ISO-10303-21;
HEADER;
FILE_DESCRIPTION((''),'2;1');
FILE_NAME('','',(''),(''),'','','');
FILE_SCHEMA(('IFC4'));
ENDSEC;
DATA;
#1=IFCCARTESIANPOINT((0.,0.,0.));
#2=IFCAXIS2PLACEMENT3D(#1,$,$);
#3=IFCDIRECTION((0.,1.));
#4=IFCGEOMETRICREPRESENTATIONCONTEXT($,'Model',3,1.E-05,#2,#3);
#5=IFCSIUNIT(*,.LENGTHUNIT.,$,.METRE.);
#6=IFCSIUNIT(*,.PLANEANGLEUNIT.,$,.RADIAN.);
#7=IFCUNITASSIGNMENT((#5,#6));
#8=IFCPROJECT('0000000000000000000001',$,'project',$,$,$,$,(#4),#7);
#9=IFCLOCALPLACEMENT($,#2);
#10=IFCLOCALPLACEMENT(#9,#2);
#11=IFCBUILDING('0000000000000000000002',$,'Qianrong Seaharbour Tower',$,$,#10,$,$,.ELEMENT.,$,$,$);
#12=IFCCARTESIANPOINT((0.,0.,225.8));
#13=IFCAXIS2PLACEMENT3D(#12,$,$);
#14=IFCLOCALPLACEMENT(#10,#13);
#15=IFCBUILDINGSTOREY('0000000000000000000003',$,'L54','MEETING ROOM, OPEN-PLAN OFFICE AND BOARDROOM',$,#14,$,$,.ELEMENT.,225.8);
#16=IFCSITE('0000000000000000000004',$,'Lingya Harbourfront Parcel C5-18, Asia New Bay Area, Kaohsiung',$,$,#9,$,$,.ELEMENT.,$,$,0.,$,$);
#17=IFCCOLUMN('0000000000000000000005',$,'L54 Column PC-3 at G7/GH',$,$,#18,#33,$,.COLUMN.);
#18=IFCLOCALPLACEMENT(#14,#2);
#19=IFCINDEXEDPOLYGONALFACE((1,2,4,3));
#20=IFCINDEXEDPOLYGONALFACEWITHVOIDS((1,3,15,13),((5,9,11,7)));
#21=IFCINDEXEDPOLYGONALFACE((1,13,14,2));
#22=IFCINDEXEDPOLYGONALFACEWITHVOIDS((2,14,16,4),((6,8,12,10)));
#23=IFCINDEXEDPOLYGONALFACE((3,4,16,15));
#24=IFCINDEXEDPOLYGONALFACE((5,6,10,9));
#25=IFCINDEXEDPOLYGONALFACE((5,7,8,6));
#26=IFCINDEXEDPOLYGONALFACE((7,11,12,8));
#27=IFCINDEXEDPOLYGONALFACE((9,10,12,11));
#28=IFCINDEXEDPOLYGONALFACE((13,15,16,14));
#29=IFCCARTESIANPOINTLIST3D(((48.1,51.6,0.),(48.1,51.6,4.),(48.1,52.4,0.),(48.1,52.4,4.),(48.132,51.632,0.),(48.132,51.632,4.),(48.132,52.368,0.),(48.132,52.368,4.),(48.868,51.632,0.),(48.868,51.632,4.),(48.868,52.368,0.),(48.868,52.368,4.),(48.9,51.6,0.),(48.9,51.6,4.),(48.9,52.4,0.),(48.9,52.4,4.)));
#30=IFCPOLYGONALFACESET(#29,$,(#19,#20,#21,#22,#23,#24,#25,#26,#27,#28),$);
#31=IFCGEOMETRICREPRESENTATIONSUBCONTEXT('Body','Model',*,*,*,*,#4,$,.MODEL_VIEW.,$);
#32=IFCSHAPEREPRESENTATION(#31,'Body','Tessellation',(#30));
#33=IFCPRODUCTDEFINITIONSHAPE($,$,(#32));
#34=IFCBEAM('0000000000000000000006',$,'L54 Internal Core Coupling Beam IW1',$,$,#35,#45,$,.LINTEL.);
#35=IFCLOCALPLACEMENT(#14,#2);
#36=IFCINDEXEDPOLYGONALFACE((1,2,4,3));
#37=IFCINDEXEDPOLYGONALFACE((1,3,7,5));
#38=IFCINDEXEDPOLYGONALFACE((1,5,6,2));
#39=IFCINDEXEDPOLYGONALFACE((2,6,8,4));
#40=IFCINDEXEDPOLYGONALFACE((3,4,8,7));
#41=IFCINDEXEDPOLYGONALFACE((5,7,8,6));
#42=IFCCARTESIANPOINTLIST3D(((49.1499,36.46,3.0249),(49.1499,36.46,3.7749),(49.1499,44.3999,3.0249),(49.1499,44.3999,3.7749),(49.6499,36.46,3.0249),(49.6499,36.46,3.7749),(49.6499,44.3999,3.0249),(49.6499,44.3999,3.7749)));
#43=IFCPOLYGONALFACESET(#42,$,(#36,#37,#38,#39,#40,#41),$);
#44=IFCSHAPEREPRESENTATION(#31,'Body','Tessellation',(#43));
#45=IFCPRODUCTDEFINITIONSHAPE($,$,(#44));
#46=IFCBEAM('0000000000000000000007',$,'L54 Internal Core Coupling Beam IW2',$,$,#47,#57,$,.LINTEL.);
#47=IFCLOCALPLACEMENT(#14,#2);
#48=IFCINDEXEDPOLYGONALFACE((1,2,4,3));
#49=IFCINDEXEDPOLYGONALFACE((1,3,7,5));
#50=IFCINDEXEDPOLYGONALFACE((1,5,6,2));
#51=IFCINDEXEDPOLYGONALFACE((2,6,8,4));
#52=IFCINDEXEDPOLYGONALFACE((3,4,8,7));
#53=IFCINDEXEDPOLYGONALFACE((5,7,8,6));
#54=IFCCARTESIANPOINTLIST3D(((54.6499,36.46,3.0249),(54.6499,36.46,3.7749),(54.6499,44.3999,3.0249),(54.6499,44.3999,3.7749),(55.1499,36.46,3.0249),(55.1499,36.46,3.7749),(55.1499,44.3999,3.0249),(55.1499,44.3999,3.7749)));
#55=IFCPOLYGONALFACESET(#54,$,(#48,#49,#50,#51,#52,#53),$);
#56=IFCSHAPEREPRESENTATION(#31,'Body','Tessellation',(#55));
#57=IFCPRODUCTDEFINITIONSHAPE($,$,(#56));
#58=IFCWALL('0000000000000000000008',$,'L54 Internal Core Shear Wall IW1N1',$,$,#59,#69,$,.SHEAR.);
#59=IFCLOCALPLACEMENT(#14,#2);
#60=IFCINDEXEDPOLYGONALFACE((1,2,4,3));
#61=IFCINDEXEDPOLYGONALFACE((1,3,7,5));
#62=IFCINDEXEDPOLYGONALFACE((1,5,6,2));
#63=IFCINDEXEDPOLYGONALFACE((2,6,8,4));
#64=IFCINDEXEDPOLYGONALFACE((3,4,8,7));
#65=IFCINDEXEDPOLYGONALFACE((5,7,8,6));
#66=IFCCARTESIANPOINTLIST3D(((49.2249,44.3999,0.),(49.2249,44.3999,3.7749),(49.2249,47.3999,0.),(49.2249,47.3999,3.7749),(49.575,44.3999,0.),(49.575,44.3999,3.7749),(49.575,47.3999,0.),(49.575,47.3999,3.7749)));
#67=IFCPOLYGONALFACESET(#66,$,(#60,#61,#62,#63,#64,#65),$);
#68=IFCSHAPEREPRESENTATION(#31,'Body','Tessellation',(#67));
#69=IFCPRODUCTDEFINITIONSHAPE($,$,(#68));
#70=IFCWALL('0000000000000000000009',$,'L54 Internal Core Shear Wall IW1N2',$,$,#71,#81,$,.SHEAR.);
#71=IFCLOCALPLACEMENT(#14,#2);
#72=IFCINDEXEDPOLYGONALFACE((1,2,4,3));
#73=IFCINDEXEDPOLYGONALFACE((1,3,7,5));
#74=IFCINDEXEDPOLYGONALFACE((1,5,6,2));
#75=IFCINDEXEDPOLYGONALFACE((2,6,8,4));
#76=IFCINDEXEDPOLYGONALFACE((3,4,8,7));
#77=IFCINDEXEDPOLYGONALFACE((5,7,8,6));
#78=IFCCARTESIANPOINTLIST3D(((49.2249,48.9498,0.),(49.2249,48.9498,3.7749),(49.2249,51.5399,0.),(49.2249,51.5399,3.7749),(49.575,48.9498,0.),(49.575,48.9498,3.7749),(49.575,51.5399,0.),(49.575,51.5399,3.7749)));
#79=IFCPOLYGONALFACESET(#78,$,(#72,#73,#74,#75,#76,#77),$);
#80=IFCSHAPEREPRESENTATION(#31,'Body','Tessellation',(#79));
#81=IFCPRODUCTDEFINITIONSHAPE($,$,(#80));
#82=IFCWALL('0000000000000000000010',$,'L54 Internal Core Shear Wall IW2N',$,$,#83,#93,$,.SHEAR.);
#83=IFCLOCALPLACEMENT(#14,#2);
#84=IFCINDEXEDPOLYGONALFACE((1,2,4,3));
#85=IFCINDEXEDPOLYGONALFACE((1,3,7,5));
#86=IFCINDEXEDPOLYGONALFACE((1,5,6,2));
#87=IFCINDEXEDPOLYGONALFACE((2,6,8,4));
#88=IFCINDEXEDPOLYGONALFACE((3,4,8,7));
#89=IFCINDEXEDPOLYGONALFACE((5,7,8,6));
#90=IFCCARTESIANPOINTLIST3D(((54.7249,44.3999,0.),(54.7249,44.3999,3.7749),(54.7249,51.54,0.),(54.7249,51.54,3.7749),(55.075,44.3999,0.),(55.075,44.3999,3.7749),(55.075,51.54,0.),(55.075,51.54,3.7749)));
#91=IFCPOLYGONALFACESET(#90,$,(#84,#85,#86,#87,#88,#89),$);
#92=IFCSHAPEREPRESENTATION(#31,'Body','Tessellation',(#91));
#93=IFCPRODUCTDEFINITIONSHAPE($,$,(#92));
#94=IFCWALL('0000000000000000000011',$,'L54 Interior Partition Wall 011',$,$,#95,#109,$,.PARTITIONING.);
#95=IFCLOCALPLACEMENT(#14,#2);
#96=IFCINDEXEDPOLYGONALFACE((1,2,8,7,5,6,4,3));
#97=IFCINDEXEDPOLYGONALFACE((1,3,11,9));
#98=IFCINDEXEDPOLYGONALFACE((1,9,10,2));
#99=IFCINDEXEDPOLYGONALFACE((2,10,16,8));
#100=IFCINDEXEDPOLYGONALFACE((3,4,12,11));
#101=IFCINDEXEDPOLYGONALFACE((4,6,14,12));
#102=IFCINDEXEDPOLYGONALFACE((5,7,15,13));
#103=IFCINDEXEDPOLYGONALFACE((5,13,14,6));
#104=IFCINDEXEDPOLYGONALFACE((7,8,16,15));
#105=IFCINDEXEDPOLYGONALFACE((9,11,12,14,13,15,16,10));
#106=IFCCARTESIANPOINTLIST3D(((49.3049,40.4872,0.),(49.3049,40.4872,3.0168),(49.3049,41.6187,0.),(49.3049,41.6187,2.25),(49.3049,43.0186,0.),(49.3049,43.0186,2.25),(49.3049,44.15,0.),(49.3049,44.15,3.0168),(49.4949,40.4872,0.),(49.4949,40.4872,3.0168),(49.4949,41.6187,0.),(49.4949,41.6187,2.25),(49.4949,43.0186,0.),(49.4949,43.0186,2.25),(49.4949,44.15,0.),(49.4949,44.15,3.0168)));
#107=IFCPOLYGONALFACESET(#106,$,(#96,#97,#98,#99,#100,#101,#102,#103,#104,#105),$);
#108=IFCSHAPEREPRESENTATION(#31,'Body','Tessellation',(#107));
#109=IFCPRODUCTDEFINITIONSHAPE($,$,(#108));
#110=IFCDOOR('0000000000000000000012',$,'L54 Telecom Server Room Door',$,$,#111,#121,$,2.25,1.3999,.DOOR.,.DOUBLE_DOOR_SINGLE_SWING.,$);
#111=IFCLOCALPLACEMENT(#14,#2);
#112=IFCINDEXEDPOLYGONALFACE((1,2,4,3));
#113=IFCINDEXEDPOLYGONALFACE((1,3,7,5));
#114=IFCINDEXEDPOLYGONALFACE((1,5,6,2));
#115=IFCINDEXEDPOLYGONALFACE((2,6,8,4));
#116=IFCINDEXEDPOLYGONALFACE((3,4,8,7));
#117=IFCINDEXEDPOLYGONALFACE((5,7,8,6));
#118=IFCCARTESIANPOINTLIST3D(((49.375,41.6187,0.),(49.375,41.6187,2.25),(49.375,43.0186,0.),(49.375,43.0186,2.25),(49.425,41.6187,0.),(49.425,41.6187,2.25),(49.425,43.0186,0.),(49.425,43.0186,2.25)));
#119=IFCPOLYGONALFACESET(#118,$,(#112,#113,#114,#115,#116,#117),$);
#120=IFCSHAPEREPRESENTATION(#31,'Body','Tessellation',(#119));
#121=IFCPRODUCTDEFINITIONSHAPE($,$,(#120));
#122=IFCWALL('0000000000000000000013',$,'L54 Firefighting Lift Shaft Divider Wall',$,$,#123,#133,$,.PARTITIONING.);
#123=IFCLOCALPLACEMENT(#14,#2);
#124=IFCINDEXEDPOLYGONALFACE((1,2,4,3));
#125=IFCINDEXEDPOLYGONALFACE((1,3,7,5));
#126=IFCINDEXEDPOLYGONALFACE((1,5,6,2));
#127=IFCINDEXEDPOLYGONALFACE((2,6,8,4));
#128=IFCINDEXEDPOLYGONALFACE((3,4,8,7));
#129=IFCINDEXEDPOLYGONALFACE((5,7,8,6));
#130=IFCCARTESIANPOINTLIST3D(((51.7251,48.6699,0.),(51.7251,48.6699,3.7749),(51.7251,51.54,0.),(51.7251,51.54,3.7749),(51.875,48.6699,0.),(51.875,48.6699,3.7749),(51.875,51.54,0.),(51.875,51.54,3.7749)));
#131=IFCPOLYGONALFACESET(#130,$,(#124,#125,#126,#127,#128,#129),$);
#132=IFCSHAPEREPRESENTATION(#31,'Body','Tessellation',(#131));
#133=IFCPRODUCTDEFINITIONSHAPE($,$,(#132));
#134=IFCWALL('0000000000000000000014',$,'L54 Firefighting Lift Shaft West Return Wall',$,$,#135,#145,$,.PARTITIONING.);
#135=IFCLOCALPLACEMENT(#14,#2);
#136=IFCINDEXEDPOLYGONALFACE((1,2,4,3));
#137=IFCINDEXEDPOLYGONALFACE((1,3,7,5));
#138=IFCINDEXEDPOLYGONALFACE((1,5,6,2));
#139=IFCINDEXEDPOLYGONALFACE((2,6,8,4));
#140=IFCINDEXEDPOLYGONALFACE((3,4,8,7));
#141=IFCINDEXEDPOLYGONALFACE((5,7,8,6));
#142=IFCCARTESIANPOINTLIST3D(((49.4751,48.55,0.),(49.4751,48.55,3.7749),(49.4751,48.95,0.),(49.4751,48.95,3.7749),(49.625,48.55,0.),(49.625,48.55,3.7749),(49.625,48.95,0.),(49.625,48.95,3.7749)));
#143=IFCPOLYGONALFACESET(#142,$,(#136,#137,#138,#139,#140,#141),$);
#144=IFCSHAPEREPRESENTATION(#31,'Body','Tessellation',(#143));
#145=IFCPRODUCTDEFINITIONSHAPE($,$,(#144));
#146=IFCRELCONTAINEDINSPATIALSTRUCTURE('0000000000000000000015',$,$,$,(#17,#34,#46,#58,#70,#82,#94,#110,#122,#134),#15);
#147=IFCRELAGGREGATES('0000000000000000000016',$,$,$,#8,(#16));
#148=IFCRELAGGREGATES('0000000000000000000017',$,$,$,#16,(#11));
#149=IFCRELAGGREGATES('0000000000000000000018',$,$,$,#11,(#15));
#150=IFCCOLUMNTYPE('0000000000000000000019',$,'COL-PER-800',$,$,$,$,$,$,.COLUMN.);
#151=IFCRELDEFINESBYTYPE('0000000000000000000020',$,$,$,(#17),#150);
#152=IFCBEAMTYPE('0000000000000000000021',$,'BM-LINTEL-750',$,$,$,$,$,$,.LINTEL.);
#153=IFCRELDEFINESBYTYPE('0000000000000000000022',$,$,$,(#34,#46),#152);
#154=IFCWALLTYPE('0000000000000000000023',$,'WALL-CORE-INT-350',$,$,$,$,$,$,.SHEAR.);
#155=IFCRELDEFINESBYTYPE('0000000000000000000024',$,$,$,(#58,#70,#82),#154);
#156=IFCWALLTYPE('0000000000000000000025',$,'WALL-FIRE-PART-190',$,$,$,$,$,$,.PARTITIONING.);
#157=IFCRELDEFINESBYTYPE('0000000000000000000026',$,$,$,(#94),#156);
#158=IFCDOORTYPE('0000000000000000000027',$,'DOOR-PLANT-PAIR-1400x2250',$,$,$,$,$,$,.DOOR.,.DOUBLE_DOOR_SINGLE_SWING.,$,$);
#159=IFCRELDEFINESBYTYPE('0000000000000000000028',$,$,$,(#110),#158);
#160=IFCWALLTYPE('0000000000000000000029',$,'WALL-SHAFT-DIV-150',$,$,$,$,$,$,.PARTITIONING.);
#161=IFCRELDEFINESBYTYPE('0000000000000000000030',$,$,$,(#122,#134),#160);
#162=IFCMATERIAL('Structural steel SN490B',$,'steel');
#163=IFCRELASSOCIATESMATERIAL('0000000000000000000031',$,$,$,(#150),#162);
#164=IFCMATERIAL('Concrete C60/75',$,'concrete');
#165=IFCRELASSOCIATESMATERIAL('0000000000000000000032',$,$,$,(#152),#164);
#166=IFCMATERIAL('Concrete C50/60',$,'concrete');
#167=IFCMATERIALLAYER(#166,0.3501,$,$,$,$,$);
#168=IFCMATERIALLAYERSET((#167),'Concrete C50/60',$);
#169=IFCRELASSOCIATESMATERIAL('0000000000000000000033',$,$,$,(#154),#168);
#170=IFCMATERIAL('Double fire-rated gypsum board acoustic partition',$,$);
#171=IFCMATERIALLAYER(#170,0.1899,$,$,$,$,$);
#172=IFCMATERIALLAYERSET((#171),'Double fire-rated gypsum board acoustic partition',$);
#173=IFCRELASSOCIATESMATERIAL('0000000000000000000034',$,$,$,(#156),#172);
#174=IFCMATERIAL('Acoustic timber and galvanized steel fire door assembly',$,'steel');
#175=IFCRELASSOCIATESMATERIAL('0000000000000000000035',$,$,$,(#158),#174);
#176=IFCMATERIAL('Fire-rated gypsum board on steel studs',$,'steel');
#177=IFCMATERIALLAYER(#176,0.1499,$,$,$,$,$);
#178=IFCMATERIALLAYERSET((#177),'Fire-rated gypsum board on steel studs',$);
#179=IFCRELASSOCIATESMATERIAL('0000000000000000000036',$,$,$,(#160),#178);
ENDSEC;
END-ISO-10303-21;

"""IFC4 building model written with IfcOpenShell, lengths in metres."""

from ifc_helpers import new_model, si_unit, direction, frame, frame_2d, origin, origin_2d, place, context, subcontext, project, spatial, rectangle, hollow_rectangle, extrude, material, layer, layer_set, material_profile, profile_set, type_object, element, fill, save


model = new_model("IFC4")

# Units and contexts
model_context = context("Model", 3, precision=1e-05, world=origin(), true_north=direction((0.0, 1.0)))
body_context = subcontext(model_context, "Body", "Model", "MODEL_VIEW")
ifc_project = project(units=[si_unit("LENGTHUNIT", "METRE"), si_unit("PLANEANGLEUNIT", "RADIAN")], contexts=[model_context])

# Site, building, storey
site_placement = place(None, origin())
site = spatial("IfcSite", under=ifc_project, at=site_placement, Name="Lingya Harbourfront Parcel C5-18, Asia New Bay Area, Kaohsiung", CompositionType="ELEMENT", RefElevation=0.0)
building_placement = place(site_placement, origin())
building = spatial("IfcBuilding", under=site, at=building_placement, Name="Qianrong Seaharbour Tower", CompositionType="ELEMENT")
storey_placement = place(building_placement, frame((0.0, 0.0, 225.8)))
storey = spatial("IfcBuildingStorey", under=building, at=storey_placement, Name="L54", Description="MEETING ROOM, OPEN-PLAN OFFICE AND BOARDROOM", CompositionType="ELEMENT", Elevation=225.8)

# Column
ifc_material_1 = material(Name="Structural steel SN490B", Category="steel")
ifc_material_profile_1 = material_profile(ifc_material_1, hollow_rectangle(XDim=0.8, YDim=0.8, WallThickness=0.032, at=origin_2d()), Name="BOX800x800x32")
ifc_profile_set_1 = profile_set([ifc_material_profile_1], Name="Structural steel SN490B")
column_type = type_object("IfcColumnType", Name="COL-PER-800", PredefinedType="COLUMN", material=ifc_profile_set_1)
column_placement = place(storey_placement, frame((48.5, 52.0, 0.0), z_axis=(0.0, 0.0, 1.0), x_axis=(1.0, 0.0, 0.0)))
element("IfcColumn", 1, at=column_placement, inside=storey, type_object=column_type, Name="L54 Column PC-3 at G7/GH", PredefinedType="COLUMN", context=body_context, shape_type="SweptSolid", body=[
    extrude(hollow_rectangle(XDim=0.8, YDim=0.8, WallThickness=0.032, at=origin_2d()), origin(), (0.0, 0.0, 1.0), 4.0),
])

# Beams
ifc_material_2 = material(Name="Concrete C60/75", Category="concrete")
ifc_material_profile_2 = material_profile(ifc_material_2, rectangle(XDim=0.5, YDim=0.75, at=origin_2d()), Name="RC500x750")
ifc_profile_set_2 = profile_set([ifc_material_profile_2], Name="Concrete C60/75")
beam_type = type_object("IfcBeamType", Name="BM-LINTEL-750", PredefinedType="LINTEL", material=ifc_profile_set_2)
for number, where, z_axis, x_axis, name in (
    (2, (49.3999, 36.46, 3.3999), (0.0, 1.0, 0.0), (-1.0, 0.0, 0.0), "L54 Internal Core Coupling Beam IW1"),
    (3, (54.8999, 36.46, 3.3999), (0.0, 1.0, 0.0), (-1.0, 0.0, 0.0), "L54 Internal Core Coupling Beam IW2"),
):
    element("IfcBeam", number, at=place(storey_placement, frame(where, z_axis=z_axis, x_axis=x_axis)), inside=storey, type_object=beam_type, Name=name, PredefinedType="LINTEL", context=body_context, shape_type="SweptSolid", body=[
        extrude(rectangle(XDim=0.5, YDim=0.75, at=origin_2d()), origin(), (0.0, 0.0, 1.0), 7.9399),
    ])

# Walls
ifc_material_3 = material(Name="Concrete C50/60", Category="concrete")
ifc_layer_1 = layer(ifc_material_3, 0.3501)
ifc_layer_set_1 = layer_set([ifc_layer_1], Name="Concrete C50/60")
wall_type_1 = type_object("IfcWallType", Name="WALL-CORE-INT-350", PredefinedType="SHEAR", material=ifc_layer_set_1)
wall_1_placement = place(storey_placement, frame((49.3999, 44.3999, 0.0), z_axis=(0.0, 0.0, 1.0), x_axis=(0.0, 1.0, 0.0)))
element("IfcWall", 4, at=wall_1_placement, inside=storey, type_object=wall_type_1, Name="L54 Internal Core Shear Wall IW1N1", PredefinedType="SHEAR", context=body_context, shape_type="SweptSolid", body=[
    extrude(rectangle(XDim=3.0, YDim=0.3501, at=frame_2d((1.5, 0.0))), origin(), (0.0, 0.0, 1.0), 3.7749),
])
wall_2_placement = place(storey_placement, frame((49.3999, 48.95, 0.0), z_axis=(0.0, 0.0, 1.0), x_axis=(0.0, 1.0, 0.0)))
element("IfcWall", 5, at=wall_2_placement, inside=storey, type_object=wall_type_1, Name="L54 Internal Core Shear Wall IW1N2", PredefinedType="SHEAR", context=body_context, shape_type="SweptSolid", body=[
    extrude(rectangle(XDim=2.5901, YDim=0.3501, at=frame_2d((1.2949, 0.0))), origin(), (0.0, 0.0, 1.0), 3.7749),
])
wall_3_placement = place(storey_placement, frame((54.8999, 44.3999, 0.0), z_axis=(0.0, 0.0, 1.0), x_axis=(0.0, 1.0, 0.0)))
element("IfcWall", 6, at=wall_3_placement, inside=storey, type_object=wall_type_1, Name="L54 Internal Core Shear Wall IW2N", PredefinedType="SHEAR", context=body_context, shape_type="SweptSolid", body=[
    extrude(rectangle(XDim=7.1401, YDim=0.3501, at=frame_2d((3.5701, 0.0))), origin(), (0.0, 0.0, 1.0), 3.7749),
])

# Wall, opening, door
ifc_material_4 = material(Name="Acoustic timber and galvanized steel fire door assembly", Category="steel")
ifc_material_5 = material(Name="Double fire-rated gypsum board acoustic partition")
ifc_layer_2 = layer(ifc_material_5, 0.1899)
ifc_layer_set_2 = layer_set([ifc_layer_2], Name="Double fire-rated gypsum board acoustic partition")
wall_type_2 = type_object("IfcWallType", Name="WALL-FIRE-PART-190", PredefinedType="PARTITIONING", material=ifc_layer_set_2)
wall_4_placement = place(storey_placement, frame((49.3999, 40.4871, 0.0), z_axis=(0.0, 0.0, 1.0), x_axis=(0.0, 1.0, 0.0)))
wall_4 = element("IfcWall", 7, at=wall_4_placement, inside=storey, type_object=wall_type_2, Name="L54 Interior Partition Wall 011", PredefinedType="PARTITIONING", context=body_context, shape_type="SweptSolid", body=[
    extrude(rectangle(XDim=3.6628, YDim=0.1899, at=frame_2d((1.8315, 0.0))), origin(), (0.0, 0.0, 1.0), 3.0168),
])
opening_1_placement = place(wall_4_placement, frame((1.1316, 0.0, 0.0)))
opening_1 = element("IfcOpeningElement", 8, at=opening_1_placement, cuts=wall_4, PredefinedType="OPENING", context=body_context, shape_type="SweptSolid", body=[
    extrude(rectangle(XDim=1.3999, YDim=2.25, at=frame_2d((0.7, 1.125))), frame((0.0, 0.105, 0.0), z_axis=(0.0, -1.0, 0.0), x_axis=(1.0, 0.0, 0.0)), (0.0, 0.0, 1.0), 0.21),
])
door_type_1 = type_object("IfcDoorType", Name="DOOR-PLANT-PAIR-1400x2250", OperationType="DOUBLE_DOOR_SINGLE_SWING", PredefinedType="DOOR", material=ifc_material_4)
door_1_placement = place(opening_1_placement, origin())
door_1 = element("IfcDoor", 9, at=door_1_placement, inside=storey, type_object=door_type_1, Name="L54 Telecom Server Room Door", OperationType="DOUBLE_DOOR_SINGLE_SWING", OverallHeight=2.25, OverallWidth=1.3999, PredefinedType="DOOR", context=body_context, shape_type="SweptSolid", body=[
    extrude(rectangle(XDim=1.3999, YDim=2.25, at=frame_2d((0.7, 1.125))), frame((0.0, 0.0249, 0.0), z_axis=(0.0, -1.0, 0.0), x_axis=(1.0, 0.0, 0.0)), (0.0, 0.0, 1.0), 0.05),
])
fill(opening_1, door_1)

# Walls
ifc_material_6 = material(Name="Fire-rated gypsum board on steel studs", Category="steel")
ifc_layer_3 = layer(ifc_material_6, 0.1499)
ifc_layer_set_3 = layer_set([ifc_layer_3], Name="Fire-rated gypsum board on steel studs")
wall_type_3 = type_object("IfcWallType", Name="WALL-SHAFT-DIV-150", PredefinedType="PARTITIONING", material=ifc_layer_set_3)
wall_5_placement = place(storey_placement, frame((51.8, 48.6699, 0.0), z_axis=(0.0, 0.0, 1.0), x_axis=(0.0, 1.0, 0.0)))
element("IfcWall", 10, at=wall_5_placement, inside=storey, type_object=wall_type_3, Name="L54 Firefighting Lift Shaft Divider Wall", PredefinedType="PARTITIONING", context=body_context, shape_type="SweptSolid", body=[
    extrude(rectangle(XDim=2.8701, YDim=0.1499, at=frame_2d((1.4351, 0.0))), origin(), (0.0, 0.0, 1.0), 3.7749),
])
wall_6_placement = place(storey_placement, frame((49.55, 48.55, 0.0), z_axis=(0.0, 0.0, 1.0), x_axis=(0.0, 1.0, 0.0)))
element("IfcWall", 11, at=wall_6_placement, inside=storey, type_object=wall_type_3, Name="L54 Firefighting Lift Shaft West Return Wall", PredefinedType="PARTITIONING", context=body_context, shape_type="SweptSolid", body=[
    extrude(rectangle(XDim=0.3999, YDim=0.1499, at=frame_2d((0.2, 0.0))), origin(), (0.0, 0.0, 1.0), 3.7749),
])

save(model, "model.ifc")
